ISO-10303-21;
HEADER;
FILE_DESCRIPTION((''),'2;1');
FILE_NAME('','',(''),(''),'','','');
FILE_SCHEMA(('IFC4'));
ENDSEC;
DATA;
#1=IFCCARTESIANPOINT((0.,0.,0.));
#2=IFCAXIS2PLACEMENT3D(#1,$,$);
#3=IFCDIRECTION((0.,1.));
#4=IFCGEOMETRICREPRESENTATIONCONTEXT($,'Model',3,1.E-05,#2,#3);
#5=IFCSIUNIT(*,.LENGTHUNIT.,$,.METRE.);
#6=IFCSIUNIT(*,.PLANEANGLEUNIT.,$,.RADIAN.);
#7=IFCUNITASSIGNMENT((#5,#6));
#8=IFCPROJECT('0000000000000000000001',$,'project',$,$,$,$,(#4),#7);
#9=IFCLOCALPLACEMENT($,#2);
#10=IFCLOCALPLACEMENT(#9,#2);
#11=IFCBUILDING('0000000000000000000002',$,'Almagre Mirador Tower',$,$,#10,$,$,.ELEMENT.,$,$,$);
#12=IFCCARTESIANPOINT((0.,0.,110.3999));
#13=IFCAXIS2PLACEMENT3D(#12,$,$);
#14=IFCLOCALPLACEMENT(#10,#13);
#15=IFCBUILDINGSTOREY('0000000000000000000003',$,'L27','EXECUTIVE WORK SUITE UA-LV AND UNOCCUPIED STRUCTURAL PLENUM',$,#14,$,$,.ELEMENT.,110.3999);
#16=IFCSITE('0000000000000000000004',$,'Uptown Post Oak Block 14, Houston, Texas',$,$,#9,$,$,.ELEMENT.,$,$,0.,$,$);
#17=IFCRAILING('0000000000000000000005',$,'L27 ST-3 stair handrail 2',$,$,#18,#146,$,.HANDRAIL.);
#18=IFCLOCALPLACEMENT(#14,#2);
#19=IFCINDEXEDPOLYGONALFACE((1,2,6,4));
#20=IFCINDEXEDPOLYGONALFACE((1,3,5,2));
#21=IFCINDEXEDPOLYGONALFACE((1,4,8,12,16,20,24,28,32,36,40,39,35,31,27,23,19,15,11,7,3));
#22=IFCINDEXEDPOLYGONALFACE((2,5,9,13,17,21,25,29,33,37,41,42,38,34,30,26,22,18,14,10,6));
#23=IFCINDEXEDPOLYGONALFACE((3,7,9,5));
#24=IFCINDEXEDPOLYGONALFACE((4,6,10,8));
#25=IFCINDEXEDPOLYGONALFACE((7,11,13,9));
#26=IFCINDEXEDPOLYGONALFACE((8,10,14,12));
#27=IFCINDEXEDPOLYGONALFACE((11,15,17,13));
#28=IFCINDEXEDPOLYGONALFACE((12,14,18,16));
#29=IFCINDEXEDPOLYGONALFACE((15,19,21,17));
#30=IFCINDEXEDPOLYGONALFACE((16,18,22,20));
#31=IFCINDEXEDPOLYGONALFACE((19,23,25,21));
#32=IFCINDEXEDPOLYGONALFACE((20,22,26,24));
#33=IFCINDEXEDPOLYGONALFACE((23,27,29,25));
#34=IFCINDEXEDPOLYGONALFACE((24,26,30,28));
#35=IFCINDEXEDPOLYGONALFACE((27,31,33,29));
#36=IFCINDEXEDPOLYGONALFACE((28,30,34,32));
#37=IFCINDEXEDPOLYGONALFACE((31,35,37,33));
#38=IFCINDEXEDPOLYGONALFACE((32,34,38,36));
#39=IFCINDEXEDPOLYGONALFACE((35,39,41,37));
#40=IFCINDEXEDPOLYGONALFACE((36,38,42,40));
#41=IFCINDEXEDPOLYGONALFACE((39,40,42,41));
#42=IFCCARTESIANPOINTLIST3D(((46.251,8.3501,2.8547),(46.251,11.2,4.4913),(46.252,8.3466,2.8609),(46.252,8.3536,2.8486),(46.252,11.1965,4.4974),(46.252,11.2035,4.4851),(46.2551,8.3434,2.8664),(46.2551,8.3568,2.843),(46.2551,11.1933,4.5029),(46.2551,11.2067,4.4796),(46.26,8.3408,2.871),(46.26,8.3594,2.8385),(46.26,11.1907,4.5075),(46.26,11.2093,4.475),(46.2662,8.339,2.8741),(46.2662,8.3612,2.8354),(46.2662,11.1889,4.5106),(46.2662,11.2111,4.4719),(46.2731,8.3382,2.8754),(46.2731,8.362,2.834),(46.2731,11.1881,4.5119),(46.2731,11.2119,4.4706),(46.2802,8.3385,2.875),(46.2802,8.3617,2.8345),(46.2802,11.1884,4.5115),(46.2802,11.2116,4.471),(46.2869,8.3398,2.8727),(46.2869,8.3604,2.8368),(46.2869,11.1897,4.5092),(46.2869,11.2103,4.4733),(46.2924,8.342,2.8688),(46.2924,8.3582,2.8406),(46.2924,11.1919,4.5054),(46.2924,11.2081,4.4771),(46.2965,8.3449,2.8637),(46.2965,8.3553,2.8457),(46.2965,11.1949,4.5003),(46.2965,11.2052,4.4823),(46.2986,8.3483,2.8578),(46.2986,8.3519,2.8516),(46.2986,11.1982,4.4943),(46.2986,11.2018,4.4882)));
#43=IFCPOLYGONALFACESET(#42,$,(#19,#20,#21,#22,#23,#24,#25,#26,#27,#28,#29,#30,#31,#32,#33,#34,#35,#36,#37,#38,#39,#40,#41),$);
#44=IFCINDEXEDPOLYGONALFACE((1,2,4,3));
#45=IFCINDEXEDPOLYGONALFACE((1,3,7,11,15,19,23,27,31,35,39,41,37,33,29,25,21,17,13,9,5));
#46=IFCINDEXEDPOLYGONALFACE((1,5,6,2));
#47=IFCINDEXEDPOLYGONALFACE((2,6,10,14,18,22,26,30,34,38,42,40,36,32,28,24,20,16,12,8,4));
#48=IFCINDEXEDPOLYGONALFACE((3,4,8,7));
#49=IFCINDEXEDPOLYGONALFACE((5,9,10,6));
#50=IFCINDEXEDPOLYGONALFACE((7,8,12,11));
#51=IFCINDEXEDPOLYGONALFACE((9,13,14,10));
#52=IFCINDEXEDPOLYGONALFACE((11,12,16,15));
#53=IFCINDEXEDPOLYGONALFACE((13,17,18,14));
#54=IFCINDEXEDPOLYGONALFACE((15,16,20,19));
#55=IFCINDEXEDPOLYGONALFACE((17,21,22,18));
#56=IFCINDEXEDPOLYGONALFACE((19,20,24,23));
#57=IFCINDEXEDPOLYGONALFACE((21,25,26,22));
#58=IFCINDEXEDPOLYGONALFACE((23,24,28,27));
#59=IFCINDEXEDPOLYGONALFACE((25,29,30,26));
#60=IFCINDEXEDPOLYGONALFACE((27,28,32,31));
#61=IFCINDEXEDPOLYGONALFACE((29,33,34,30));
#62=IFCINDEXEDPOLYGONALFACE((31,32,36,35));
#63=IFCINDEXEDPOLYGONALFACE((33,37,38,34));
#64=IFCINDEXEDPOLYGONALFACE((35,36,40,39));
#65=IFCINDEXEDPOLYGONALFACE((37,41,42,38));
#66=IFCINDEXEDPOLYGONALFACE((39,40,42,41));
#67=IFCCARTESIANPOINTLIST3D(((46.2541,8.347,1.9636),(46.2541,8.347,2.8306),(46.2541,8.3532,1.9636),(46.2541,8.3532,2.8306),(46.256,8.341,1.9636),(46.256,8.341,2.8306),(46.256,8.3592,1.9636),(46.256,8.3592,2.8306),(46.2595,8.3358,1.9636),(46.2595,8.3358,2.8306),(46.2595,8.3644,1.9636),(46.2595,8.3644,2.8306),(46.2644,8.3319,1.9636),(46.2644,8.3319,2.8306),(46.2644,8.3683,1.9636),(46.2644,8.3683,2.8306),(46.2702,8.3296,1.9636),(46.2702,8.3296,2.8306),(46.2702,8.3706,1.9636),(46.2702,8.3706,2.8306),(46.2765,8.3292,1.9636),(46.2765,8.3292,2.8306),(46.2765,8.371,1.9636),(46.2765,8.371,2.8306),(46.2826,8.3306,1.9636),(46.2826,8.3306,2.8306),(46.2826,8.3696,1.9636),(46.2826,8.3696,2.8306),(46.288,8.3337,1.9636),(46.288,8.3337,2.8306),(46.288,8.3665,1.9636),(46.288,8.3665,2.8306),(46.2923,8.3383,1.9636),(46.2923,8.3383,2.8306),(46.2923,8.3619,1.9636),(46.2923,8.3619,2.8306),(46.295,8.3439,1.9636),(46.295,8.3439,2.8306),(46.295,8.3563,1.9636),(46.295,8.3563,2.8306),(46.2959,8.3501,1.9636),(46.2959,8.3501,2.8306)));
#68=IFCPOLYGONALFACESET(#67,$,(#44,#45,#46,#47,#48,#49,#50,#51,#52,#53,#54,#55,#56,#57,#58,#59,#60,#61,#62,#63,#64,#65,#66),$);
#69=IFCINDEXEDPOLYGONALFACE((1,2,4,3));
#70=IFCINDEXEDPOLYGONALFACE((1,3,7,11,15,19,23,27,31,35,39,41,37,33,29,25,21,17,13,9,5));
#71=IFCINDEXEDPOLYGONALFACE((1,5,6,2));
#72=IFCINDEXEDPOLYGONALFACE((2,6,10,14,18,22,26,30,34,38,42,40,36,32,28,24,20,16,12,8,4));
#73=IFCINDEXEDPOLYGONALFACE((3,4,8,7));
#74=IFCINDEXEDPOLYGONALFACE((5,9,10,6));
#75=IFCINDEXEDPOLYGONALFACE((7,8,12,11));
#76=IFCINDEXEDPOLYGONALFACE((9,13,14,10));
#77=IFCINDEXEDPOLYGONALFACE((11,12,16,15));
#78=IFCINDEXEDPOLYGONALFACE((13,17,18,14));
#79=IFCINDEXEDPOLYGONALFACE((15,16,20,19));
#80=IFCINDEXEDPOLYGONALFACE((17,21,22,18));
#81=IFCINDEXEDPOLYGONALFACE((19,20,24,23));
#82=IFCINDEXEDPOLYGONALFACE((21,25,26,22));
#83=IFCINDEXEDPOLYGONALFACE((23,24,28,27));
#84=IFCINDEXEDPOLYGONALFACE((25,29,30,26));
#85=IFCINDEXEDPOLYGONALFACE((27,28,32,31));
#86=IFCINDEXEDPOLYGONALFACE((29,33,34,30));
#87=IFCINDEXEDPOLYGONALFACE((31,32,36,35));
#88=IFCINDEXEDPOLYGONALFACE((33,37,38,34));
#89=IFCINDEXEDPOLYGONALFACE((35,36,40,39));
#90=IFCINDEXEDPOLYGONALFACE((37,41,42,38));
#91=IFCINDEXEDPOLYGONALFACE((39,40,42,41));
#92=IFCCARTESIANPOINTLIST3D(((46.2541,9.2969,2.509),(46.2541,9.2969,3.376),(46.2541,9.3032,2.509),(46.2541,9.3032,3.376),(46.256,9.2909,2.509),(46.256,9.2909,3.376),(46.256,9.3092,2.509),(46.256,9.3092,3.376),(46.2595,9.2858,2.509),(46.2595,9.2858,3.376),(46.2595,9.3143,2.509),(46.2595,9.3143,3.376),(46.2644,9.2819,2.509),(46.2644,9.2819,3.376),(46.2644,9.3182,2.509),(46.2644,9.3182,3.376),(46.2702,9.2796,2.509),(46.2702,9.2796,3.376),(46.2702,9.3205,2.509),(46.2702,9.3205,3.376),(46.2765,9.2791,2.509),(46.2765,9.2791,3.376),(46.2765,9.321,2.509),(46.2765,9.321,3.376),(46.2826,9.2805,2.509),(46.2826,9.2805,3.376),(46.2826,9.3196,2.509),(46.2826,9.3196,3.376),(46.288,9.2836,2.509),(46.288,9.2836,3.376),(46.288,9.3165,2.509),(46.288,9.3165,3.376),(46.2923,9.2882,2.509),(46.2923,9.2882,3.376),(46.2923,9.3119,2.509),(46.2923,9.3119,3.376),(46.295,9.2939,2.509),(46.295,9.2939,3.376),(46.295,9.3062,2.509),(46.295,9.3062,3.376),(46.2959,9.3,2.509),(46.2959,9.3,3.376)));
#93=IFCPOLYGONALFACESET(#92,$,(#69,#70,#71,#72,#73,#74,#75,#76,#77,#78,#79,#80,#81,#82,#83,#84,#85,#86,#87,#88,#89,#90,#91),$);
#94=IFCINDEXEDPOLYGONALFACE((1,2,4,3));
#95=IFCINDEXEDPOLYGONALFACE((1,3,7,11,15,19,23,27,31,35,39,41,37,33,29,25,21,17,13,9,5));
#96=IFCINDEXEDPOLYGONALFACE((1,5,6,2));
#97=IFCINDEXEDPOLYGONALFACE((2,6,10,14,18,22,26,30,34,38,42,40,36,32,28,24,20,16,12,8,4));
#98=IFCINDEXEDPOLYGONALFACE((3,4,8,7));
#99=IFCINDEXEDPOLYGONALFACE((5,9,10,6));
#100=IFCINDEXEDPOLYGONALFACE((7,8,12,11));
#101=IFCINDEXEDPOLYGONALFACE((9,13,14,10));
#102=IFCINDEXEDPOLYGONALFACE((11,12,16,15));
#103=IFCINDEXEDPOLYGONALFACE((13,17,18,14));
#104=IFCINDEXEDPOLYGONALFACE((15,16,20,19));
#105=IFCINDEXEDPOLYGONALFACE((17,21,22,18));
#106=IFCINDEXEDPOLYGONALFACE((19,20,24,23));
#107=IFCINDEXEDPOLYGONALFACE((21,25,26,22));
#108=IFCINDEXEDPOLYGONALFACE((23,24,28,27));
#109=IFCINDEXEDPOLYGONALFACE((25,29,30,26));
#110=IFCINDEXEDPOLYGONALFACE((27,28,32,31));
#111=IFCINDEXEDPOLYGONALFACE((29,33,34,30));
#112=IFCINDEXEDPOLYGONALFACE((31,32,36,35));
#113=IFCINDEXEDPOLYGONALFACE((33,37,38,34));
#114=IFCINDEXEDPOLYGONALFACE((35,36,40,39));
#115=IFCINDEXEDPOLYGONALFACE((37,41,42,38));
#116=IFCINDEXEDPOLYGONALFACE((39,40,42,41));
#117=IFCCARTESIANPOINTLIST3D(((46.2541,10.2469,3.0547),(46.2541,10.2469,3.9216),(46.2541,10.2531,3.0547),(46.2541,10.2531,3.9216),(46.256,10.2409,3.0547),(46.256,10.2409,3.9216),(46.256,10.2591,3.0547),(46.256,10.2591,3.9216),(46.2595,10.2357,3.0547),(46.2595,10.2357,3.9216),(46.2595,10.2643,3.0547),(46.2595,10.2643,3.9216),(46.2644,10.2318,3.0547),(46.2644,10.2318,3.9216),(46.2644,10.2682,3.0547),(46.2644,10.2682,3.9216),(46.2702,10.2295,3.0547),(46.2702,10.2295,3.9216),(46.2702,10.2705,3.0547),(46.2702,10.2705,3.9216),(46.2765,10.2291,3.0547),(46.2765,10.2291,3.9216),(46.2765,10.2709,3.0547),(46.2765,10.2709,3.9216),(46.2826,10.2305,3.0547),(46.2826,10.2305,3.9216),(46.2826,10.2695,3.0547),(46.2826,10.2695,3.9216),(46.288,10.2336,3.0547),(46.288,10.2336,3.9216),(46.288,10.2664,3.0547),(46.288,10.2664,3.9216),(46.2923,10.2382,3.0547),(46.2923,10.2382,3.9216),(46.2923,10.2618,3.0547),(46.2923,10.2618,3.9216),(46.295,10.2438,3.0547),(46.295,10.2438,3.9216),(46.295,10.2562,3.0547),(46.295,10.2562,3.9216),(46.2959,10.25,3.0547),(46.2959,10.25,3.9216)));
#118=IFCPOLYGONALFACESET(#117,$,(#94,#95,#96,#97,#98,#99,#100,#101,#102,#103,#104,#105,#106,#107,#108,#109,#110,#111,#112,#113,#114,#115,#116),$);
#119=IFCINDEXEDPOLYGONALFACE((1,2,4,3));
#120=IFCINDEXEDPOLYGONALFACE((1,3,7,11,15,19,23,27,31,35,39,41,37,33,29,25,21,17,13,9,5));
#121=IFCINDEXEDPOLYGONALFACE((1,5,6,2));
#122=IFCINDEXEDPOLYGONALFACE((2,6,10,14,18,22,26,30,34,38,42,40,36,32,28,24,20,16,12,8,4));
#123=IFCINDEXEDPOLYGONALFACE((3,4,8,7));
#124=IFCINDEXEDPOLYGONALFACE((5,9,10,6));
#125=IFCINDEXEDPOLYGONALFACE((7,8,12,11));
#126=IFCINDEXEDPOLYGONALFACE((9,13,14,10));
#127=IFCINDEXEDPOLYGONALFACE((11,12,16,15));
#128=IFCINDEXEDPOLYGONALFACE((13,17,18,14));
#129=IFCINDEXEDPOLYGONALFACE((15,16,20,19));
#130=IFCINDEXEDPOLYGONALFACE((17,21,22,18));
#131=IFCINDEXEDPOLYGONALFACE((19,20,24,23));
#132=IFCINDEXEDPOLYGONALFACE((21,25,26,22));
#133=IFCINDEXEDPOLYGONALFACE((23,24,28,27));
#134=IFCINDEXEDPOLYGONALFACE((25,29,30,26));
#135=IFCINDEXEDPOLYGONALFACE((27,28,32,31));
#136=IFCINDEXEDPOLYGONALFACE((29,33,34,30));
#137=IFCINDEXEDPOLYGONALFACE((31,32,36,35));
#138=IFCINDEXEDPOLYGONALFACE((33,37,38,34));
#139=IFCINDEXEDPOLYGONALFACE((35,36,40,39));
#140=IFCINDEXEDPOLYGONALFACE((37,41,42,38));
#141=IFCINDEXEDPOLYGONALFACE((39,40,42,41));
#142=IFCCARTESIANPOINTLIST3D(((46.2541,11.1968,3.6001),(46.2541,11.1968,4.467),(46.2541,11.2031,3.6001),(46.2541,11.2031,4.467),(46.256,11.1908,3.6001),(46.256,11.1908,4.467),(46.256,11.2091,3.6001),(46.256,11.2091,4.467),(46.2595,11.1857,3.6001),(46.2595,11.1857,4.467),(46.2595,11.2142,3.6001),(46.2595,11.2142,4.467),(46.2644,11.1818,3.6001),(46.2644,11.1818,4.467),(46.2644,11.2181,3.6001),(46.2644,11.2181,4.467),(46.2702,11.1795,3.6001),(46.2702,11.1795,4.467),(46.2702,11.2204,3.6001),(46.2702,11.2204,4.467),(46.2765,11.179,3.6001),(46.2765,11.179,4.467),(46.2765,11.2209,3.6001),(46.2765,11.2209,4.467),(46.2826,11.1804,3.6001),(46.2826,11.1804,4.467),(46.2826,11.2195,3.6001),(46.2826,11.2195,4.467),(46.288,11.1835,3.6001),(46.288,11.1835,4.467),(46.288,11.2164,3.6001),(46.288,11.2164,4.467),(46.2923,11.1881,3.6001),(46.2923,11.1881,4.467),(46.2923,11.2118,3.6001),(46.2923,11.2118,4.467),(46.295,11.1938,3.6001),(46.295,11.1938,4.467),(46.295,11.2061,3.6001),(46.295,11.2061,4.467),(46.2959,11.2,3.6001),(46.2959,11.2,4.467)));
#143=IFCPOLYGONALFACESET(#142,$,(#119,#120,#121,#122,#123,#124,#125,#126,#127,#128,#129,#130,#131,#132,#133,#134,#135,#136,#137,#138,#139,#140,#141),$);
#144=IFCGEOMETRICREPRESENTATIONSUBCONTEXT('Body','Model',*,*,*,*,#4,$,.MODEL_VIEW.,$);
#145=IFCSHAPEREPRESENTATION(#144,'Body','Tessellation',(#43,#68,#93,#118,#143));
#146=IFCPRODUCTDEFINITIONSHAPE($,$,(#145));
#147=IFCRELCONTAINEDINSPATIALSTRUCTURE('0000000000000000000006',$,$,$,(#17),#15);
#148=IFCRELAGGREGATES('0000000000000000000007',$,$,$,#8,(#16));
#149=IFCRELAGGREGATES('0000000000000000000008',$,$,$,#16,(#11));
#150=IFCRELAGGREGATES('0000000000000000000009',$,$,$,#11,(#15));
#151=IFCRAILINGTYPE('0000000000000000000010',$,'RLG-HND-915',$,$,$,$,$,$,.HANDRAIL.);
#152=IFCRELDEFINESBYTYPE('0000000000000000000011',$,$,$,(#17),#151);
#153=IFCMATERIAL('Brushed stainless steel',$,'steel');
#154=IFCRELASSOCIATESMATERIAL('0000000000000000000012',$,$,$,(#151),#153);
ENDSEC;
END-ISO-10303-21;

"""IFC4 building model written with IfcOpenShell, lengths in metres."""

from ifc_helpers import new_model, si_unit, direction, frame, origin, origin_2d, place, context, subcontext, project, spatial, circle, extrude, material, type_object, element, save


model = new_model("IFC4")

# Units and contexts
model_context = context("Model", 3, precision=1e-05, world=origin(), true_north=direction((0.0, 1.0)))
body_context = subcontext(model_context, "Body", "Model", "MODEL_VIEW")
ifc_project = project(units=[si_unit("LENGTHUNIT", "METRE"), si_unit("PLANEANGLEUNIT", "RADIAN")], contexts=[model_context])

# Site, building, storey
site_placement = place(None, origin())
site = spatial("IfcSite", under=ifc_project, at=site_placement, Name="Uptown Post Oak Block 14, Houston, Texas", CompositionType="ELEMENT", RefElevation=0.0)
building_placement = place(site_placement, origin())
building = spatial("IfcBuilding", under=site, at=building_placement, Name="Almagre Mirador Tower", CompositionType="ELEMENT")
storey_placement = place(building_placement, frame((0.0, 0.0, 110.3999)))
storey = spatial("IfcBuildingStorey", under=building, at=storey_placement, Name="L27", Description="EXECUTIVE WORK SUITE UA-LV AND UNOCCUPIED STRUCTURAL PLENUM", CompositionType="ELEMENT", Elevation=110.3999)

# Railing
ifc_material_1 = material(Name="Brushed stainless steel", Category="steel")
railing_type_1 = type_object("IfcRailingType", Name="RLG-HND-915", PredefinedType="HANDRAIL", material=ifc_material_1)
railing_1_placement = place(storey_placement, frame((46.2749, 8.3501, 1.9636)))
element("IfcRailing", 1, at=railing_1_placement, inside=storey, type_object=railing_type_1, Name="L27 ST-3 stair handrail 2", PredefinedType="HANDRAIL", context=body_context, shape_type="SweptSolid", body=[
    extrude(circle(Radius=0.0239, at=origin_2d()), frame((0.0, 0.0, 0.8911), z_axis=(0.0, 0.867194, 0.49797), x_axis=(-1.0, 0.0, 0.0)), (0.0, 0.0, 1.0), 3.2864),
    extrude(circle(Radius=0.021, at=origin_2d()), origin(), (0.0, 0.0, 1.0), 0.8669),
    extrude(circle(Radius=0.021, at=origin_2d()), frame((0.0, 0.95, 0.5454)), (0.0, 0.0, 1.0), 0.8669),
    extrude(circle(Radius=0.021, at=origin_2d()), frame((0.0, 1.8999, 1.0911)), (0.0, 0.0, 1.0), 0.8669),
    extrude(circle(Radius=0.021, at=origin_2d()), frame((0.0, 2.8499, 1.6365)), (0.0, 0.0, 1.0), 0.8669),
])

save(model, "model.ifc")
